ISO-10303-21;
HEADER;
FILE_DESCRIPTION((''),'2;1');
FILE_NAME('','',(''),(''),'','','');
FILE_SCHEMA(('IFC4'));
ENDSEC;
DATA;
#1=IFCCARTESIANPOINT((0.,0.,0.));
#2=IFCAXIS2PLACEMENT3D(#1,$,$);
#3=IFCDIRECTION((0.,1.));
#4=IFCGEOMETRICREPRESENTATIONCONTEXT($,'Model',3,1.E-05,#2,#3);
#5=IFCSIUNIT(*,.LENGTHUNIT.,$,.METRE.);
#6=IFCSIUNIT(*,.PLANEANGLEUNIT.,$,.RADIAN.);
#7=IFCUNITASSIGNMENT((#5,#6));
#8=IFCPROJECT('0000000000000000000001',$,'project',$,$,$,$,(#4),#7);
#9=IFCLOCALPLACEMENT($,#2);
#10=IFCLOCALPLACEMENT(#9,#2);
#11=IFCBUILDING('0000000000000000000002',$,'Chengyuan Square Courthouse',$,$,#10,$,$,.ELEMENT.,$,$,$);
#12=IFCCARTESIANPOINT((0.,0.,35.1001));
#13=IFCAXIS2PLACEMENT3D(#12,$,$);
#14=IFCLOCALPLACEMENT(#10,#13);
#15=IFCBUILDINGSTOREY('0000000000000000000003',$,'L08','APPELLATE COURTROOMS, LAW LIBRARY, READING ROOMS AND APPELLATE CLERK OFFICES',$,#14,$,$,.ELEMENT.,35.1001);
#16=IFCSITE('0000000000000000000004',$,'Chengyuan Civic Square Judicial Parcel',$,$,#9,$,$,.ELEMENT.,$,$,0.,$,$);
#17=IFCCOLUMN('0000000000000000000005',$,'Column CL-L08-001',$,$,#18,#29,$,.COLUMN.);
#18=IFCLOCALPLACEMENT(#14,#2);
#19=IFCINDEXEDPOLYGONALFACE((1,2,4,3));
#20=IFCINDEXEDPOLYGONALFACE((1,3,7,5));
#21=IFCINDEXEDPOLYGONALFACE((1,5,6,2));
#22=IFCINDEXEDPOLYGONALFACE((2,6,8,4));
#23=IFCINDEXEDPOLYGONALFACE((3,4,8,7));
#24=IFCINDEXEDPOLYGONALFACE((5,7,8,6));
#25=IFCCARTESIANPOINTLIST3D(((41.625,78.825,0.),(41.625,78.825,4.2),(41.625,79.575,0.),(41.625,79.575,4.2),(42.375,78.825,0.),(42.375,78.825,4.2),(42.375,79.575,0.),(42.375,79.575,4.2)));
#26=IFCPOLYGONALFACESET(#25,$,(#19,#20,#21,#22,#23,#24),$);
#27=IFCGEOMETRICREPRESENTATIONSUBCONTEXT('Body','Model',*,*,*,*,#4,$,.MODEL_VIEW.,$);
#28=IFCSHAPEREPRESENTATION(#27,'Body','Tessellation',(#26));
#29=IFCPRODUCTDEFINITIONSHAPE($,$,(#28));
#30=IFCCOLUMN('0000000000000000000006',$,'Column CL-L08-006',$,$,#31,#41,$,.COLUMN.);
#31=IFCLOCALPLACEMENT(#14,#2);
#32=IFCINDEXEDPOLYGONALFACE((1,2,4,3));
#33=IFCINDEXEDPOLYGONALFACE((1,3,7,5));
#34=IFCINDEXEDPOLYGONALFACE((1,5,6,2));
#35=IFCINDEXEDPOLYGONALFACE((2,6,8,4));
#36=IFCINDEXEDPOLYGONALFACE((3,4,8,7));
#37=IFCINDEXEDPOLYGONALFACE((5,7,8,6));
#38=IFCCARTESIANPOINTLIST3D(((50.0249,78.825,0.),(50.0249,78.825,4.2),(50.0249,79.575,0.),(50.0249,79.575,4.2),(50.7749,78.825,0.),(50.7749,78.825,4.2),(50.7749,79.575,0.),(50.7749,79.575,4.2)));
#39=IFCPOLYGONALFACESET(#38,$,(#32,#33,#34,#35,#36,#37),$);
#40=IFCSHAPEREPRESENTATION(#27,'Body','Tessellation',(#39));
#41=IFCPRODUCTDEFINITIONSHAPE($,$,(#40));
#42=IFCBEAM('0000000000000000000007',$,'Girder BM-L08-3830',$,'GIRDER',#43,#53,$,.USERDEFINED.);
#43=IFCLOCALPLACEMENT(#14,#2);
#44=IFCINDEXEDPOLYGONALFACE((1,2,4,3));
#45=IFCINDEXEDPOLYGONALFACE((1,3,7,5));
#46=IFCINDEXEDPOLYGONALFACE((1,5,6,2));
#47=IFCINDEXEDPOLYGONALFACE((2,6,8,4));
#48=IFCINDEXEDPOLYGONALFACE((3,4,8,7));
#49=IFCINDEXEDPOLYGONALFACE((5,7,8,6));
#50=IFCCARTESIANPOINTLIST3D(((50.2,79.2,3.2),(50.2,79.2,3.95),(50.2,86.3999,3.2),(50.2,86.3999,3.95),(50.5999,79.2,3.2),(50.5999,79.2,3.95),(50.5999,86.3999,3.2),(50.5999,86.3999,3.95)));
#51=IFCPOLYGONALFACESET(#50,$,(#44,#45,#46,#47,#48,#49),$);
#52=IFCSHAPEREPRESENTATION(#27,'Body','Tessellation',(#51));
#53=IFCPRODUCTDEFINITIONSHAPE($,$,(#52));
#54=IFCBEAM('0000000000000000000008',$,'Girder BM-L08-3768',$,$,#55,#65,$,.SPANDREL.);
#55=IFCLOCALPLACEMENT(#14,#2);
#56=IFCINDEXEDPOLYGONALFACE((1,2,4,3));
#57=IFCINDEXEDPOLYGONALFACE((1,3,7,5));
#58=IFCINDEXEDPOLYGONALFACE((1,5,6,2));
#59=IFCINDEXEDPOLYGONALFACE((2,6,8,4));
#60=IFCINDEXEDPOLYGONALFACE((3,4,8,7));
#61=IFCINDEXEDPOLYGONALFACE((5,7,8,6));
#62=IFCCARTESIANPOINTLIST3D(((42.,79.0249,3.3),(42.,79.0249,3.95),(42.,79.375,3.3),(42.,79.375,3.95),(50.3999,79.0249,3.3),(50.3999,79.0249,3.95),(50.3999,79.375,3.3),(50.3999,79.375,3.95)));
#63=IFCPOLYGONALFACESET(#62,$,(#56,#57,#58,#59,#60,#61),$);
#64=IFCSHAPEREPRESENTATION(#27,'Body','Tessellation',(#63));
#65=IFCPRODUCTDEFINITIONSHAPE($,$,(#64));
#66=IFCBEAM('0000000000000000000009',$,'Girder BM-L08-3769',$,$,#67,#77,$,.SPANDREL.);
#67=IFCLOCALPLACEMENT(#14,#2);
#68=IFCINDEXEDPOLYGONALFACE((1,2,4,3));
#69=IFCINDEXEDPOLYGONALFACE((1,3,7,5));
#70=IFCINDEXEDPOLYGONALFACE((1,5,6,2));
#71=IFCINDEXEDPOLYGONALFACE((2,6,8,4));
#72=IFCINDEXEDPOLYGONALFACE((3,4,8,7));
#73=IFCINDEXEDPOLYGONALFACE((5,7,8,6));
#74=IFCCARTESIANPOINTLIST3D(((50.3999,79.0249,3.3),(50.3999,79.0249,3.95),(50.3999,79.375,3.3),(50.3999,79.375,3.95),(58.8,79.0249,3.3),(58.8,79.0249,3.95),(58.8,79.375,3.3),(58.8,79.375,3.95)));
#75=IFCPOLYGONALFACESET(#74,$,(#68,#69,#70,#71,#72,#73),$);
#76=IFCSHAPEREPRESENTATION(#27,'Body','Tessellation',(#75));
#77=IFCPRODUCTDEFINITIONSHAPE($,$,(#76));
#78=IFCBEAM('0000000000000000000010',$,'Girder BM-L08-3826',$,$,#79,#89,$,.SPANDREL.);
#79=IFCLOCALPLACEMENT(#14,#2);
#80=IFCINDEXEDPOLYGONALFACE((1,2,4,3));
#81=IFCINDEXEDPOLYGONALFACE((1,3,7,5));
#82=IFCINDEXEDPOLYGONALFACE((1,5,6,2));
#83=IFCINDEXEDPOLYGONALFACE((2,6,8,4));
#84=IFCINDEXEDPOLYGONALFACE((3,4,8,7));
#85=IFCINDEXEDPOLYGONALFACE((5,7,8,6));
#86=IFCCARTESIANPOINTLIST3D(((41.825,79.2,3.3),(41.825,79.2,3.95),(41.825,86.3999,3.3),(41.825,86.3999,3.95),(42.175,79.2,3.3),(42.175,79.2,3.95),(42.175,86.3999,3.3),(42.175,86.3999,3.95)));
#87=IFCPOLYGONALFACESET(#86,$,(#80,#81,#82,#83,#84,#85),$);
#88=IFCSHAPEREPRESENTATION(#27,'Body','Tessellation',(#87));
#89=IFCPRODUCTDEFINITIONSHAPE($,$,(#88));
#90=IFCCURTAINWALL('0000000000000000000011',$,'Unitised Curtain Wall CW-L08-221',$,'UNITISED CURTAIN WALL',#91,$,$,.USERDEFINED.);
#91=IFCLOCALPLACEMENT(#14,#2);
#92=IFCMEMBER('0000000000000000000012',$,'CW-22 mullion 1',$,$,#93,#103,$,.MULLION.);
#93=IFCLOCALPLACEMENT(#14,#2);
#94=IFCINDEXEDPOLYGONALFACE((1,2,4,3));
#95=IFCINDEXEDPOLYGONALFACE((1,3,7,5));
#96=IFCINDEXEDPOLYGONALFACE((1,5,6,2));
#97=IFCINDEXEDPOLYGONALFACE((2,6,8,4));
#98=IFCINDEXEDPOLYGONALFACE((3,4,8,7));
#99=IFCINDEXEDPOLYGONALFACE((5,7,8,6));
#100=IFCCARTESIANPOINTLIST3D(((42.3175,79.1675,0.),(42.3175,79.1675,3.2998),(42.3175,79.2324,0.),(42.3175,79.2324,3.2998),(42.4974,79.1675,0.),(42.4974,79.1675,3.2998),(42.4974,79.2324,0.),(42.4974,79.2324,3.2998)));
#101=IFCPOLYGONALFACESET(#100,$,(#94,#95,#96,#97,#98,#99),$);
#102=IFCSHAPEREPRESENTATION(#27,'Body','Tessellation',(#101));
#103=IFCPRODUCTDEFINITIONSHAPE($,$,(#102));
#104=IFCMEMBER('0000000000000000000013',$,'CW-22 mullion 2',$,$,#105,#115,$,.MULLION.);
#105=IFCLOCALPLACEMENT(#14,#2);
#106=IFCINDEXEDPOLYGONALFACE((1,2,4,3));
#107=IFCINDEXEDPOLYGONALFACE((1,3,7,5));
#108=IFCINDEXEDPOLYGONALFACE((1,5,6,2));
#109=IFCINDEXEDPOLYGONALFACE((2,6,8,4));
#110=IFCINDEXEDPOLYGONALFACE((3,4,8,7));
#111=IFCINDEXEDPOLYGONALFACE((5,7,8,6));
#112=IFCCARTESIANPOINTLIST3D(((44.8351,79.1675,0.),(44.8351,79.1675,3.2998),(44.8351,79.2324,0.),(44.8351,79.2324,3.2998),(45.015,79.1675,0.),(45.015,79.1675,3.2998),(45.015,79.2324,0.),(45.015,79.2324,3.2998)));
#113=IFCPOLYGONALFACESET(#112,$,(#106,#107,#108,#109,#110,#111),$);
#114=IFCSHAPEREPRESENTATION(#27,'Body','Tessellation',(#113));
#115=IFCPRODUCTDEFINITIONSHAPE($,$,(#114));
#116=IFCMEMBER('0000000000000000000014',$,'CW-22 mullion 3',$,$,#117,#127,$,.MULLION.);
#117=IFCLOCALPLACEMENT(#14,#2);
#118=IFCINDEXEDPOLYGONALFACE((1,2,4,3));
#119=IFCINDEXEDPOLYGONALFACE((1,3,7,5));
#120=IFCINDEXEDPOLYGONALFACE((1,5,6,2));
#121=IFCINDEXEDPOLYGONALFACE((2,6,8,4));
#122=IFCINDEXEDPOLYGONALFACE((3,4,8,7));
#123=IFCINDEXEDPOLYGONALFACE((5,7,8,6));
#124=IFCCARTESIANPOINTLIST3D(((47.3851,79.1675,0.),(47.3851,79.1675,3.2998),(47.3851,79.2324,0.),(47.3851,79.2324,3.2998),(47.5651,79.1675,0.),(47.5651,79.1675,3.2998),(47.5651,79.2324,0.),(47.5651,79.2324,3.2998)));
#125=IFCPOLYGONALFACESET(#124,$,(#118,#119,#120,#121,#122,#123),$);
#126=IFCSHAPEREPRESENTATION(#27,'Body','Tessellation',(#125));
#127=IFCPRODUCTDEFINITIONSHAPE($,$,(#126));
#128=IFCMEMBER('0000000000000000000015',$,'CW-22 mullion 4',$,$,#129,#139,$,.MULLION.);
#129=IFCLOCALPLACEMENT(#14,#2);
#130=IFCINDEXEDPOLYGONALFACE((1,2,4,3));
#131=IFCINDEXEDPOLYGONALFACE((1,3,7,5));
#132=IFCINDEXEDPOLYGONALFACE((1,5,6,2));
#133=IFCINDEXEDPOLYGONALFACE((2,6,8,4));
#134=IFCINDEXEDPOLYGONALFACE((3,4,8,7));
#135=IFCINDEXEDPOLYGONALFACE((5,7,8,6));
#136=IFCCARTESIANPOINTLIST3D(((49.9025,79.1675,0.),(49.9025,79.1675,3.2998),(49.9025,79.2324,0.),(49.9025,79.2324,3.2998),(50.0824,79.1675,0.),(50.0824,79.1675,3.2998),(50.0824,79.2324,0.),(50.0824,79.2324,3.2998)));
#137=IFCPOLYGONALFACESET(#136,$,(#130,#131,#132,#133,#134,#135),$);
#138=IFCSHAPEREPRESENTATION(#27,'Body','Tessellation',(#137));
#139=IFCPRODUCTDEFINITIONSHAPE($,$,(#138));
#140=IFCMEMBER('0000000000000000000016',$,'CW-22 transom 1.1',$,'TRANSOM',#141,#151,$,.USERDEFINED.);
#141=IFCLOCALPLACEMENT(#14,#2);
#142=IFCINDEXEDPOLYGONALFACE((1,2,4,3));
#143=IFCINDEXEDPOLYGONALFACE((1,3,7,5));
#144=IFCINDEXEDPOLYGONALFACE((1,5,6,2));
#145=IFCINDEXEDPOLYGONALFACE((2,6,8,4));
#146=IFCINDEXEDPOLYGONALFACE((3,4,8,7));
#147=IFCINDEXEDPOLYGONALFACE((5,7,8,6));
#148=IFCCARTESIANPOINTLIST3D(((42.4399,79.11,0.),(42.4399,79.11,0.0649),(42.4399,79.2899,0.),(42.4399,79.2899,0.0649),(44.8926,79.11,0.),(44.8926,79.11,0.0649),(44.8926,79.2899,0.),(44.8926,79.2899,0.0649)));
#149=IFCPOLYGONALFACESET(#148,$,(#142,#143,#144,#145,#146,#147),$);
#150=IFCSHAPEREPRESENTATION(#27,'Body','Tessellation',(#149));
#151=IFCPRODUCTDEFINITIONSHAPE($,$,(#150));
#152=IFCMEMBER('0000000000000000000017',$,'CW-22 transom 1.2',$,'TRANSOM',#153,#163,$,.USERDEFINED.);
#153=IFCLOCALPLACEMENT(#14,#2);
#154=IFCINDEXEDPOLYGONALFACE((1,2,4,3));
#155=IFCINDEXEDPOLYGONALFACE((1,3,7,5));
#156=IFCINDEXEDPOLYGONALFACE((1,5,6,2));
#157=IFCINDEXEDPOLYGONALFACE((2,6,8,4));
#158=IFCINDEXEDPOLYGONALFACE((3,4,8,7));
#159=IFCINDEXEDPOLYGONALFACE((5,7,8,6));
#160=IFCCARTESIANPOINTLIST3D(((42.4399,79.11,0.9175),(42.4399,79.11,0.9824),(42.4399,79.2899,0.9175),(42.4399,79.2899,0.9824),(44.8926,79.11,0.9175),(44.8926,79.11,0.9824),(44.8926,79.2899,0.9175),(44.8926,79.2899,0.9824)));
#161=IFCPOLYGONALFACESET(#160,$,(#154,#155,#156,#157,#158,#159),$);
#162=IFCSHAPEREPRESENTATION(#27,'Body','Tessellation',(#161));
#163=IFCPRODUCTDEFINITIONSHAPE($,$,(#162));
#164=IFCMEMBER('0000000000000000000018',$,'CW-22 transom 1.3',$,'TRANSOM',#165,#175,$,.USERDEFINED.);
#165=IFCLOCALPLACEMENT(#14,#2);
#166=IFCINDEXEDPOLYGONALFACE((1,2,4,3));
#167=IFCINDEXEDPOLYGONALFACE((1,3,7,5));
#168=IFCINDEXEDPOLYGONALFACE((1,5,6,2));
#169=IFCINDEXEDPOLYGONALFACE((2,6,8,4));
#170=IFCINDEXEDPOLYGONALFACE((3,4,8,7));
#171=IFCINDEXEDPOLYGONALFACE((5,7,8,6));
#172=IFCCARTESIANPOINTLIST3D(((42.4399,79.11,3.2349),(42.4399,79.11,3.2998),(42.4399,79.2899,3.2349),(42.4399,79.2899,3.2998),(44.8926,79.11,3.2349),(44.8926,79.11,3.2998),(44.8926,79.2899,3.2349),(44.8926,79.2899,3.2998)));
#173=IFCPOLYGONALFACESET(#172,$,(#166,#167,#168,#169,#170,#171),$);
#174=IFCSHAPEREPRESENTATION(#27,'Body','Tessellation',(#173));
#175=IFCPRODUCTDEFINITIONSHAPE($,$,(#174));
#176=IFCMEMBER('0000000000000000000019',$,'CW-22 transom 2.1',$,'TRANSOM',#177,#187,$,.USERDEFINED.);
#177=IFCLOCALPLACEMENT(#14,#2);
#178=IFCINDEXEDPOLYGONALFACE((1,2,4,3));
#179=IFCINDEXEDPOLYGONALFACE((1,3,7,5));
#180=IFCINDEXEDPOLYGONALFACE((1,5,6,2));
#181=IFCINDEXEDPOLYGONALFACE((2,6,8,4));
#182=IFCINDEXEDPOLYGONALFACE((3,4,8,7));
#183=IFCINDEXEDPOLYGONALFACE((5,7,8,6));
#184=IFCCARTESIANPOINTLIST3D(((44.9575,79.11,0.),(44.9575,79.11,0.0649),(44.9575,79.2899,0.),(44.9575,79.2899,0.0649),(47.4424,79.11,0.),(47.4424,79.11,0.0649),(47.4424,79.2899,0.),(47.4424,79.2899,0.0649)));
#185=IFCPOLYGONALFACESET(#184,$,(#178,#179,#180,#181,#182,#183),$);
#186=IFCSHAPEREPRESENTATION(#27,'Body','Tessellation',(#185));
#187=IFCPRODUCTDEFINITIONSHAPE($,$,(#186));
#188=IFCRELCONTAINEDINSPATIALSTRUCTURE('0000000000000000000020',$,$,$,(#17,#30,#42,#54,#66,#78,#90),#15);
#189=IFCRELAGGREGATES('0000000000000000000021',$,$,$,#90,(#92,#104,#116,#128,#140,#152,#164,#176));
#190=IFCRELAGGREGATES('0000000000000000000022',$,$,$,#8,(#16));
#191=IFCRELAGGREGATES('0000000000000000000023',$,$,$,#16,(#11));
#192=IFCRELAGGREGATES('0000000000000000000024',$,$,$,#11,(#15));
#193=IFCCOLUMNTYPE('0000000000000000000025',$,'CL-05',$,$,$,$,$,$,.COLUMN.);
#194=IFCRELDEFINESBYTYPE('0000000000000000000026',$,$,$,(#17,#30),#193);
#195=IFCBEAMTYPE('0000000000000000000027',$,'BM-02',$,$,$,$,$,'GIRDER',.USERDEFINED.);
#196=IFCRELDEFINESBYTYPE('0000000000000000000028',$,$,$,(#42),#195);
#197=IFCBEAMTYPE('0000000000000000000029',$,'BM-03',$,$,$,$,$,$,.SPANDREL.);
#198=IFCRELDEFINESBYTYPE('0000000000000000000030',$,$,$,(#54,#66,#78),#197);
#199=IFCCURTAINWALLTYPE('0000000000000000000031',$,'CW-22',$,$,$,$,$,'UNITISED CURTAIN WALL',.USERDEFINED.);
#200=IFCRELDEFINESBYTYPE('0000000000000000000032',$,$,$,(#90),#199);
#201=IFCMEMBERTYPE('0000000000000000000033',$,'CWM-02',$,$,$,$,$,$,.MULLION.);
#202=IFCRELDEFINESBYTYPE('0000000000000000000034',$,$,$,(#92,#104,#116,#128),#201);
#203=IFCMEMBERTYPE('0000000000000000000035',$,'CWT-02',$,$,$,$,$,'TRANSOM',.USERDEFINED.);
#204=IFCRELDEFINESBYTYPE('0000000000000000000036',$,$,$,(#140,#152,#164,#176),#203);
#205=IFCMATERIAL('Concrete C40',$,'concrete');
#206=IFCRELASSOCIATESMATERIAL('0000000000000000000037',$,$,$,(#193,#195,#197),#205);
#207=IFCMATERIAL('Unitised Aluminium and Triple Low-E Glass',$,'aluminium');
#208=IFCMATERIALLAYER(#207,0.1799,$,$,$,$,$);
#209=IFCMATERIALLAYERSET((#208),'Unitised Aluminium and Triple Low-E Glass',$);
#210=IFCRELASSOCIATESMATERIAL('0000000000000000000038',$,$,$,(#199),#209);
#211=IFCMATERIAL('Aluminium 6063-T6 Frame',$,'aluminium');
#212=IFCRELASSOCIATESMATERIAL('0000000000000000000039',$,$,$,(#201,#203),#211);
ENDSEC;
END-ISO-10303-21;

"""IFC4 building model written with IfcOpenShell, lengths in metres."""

from ifc_helpers import new_model, si_unit, direction, frame, origin, origin_2d, place, context, subcontext, project, spatial, rectangle, extrude, material, layer, layer_set, material_profile, profile_set, type_object, element, aggregate, save


model = new_model("IFC4")

# Units and contexts
model_context = context("Model", 3, precision=1e-05, world=origin(), true_north=direction((0.0, 1.0)))
body_context = subcontext(model_context, "Body", "Model", "MODEL_VIEW")
ifc_project = project(units=[si_unit("LENGTHUNIT", "METRE"), si_unit("PLANEANGLEUNIT", "RADIAN")], contexts=[model_context])

# Site, building, storey
site_placement = place(None, origin())
site = spatial("IfcSite", under=ifc_project, at=site_placement, Name="Chengyuan Civic Square Judicial Parcel", CompositionType="ELEMENT", RefElevation=0.0)
building_placement = place(site_placement, origin())
building = spatial("IfcBuilding", under=site, at=building_placement, Name="Chengyuan Square Courthouse", CompositionType="ELEMENT")
storey_placement = place(building_placement, frame((0.0, 0.0, 35.1001)))
storey = spatial("IfcBuildingStorey", under=building, at=storey_placement, Name="L08", Description="APPELLATE COURTROOMS, LAW LIBRARY, READING ROOMS AND APPELLATE CLERK OFFICES", CompositionType="ELEMENT", Elevation=35.1001)

# Columns
ifc_material_1 = material(Name="Concrete C40", Category="concrete")
ifc_material_profile_1 = material_profile(ifc_material_1, rectangle(XDim=0.75, YDim=0.75, at=origin_2d()), Name="RC-COL-750x750")
ifc_profile_set_1 = profile_set([ifc_material_profile_1], Name="Concrete C40")
column_type = type_object("IfcColumnType", Name="CL-05", PredefinedType="COLUMN", material=ifc_profile_set_1)
for number, where, z_axis, x_axis, name in (
    (1, (42.0, 79.2, 0.0), (0.0, 0.0, 1.0), (1.0, 0.0, 0.0), "Column CL-L08-001"),
    (2, (50.3999, 79.2, 0.0), (0.0, 0.0, 1.0), (1.0, 0.0, 0.0), "Column CL-L08-006"),
):
    element("IfcColumn", number, at=place(storey_placement, frame(where, z_axis=z_axis, x_axis=x_axis)), inside=storey, type_object=column_type, Name=name, PredefinedType="COLUMN", context=body_context, shape_type="SweptSolid", body=[
        extrude(rectangle(XDim=0.75, YDim=0.75, at=origin_2d()), origin(), (0.0, 0.0, 1.0), 4.2),
    ])

# Beams
ifc_material_profile_2 = material_profile(ifc_material_1, rectangle(XDim=0.3999, YDim=0.75, at=origin_2d()), Name="RC-BM-400x750")
ifc_profile_set_2 = profile_set([ifc_material_profile_2], Name="Concrete C40")
beam_type_1 = type_object("IfcBeamType", Name="BM-02", ElementType="GIRDER", PredefinedType="USERDEFINED", material=ifc_profile_set_2)
beam_1_placement = place(storey_placement, frame((50.3999, 79.2, 3.575), z_axis=(0.0, 1.0, 0.0), x_axis=(-1.0, 0.0, 0.0)))
element("IfcBeam", 3, at=beam_1_placement, inside=storey, type_object=beam_type_1, Name="Girder BM-L08-3830", ObjectType="GIRDER", PredefinedType="USERDEFINED", context=body_context, shape_type="SweptSolid", body=[
    extrude(rectangle(XDim=0.3999, YDim=0.75, at=origin_2d()), origin(), (0.0, 0.0, 1.0), 7.2),
])
ifc_material_profile_3 = material_profile(ifc_material_1, rectangle(XDim=0.3501, YDim=0.6499, at=origin_2d()), Name="RC-BM-350x650")
ifc_profile_set_3 = profile_set([ifc_material_profile_3], Name="Concrete C40")
beam_type_2 = type_object("IfcBeamType", Name="BM-03", PredefinedType="SPANDREL", material=ifc_profile_set_3)
beam_2_placement = place(storey_placement, frame((42.0, 79.2, 3.625), z_axis=(1.0, 0.0, 0.0), x_axis=(0.0, 1.0, 0.0)))
element("IfcBeam", 4, at=beam_2_placement, inside=storey, type_object=beam_type_2, Name="Girder BM-L08-3768", PredefinedType="SPANDREL", context=body_context, shape_type="SweptSolid", body=[
    extrude(rectangle(XDim=0.3501, YDim=0.6499, at=origin_2d()), origin(), (0.0, 0.0, 1.0), 8.3999),
])
beam_3_placement = place(storey_placement, frame((50.3999, 79.2, 3.625), z_axis=(1.0, 0.0, 0.0), x_axis=(0.0, 1.0, 0.0)))
element("IfcBeam", 5, at=beam_3_placement, inside=storey, type_object=beam_type_2, Name="Girder BM-L08-3769", PredefinedType="SPANDREL", context=body_context, shape_type="SweptSolid", body=[
    extrude(rectangle(XDim=0.3501, YDim=0.6499, at=origin_2d()), origin(), (0.0, 0.0, 1.0), 8.4001),
])
beam_4_placement = place(storey_placement, frame((42.0, 79.2, 3.625), z_axis=(0.0, 1.0, 0.0), x_axis=(-1.0, 0.0, 0.0)))
element("IfcBeam", 6, at=beam_4_placement, inside=storey, type_object=beam_type_2, Name="Girder BM-L08-3826", PredefinedType="SPANDREL", context=body_context, shape_type="SweptSolid", body=[
    extrude(rectangle(XDim=0.3501, YDim=0.6499, at=origin_2d()), origin(), (0.0, 0.0, 1.0), 7.2),
])

# Curtain wall, members
ifc_material_2 = material(Name="Unitised Aluminium and Triple Low-E Glass", Category="aluminium")
ifc_layer_1 = layer(ifc_material_2, 0.1799)
ifc_layer_set_1 = layer_set([ifc_layer_1], Name="Unitised Aluminium and Triple Low-E Glass")
curtain_wall_type = type_object("IfcCurtainWallType", Name="CW-22", ElementType="UNITISED CURTAIN WALL", PredefinedType="USERDEFINED", material=ifc_layer_set_1)
curtain_wall_placement = place(storey_placement, origin())
curtain_wall = element("IfcCurtainWall", 7, at=curtain_wall_placement, inside=storey, type_object=curtain_wall_type, Name="Unitised Curtain Wall CW-L08-221", ObjectType="UNITISED CURTAIN WALL", PredefinedType="USERDEFINED")
ifc_material_3 = material(Name="Aluminium 6063-T6 Frame", Category="aluminium")
ifc_material_profile_4 = material_profile(ifc_material_3, rectangle(XDim=0.0649, YDim=0.1799, at=origin_2d()), Name="CW-MUL-65x180")
ifc_profile_set_4 = profile_set([ifc_material_profile_4], Name="Aluminium 6063-T6 Frame")
member_type_1 = type_object("IfcMemberType", Name="CWM-02", PredefinedType="MULLION", material=ifc_profile_set_4)
member_1_placement = place(storey_placement, frame((42.4075, 79.2, 0.0), z_axis=(0.0, 0.0, 1.0), x_axis=(0.0, 1.0, 0.0)))
member_1 = element("IfcMember", 8, at=member_1_placement, type_object=member_type_1, Name="CW-22 mullion 1", PredefinedType="MULLION", context=body_context, shape_type="SweptSolid", body=[
    extrude(rectangle(XDim=0.0649, YDim=0.1799, at=origin_2d()), origin(), (0.0, 0.0, 1.0), 3.2998),
])
member_2_placement = place(storey_placement, frame((44.925, 79.2, 0.0), z_axis=(0.0, 0.0, 1.0), x_axis=(0.0, 1.0, 0.0)))
member_2 = element("IfcMember", 9, at=member_2_placement, type_object=member_type_1, Name="CW-22 mullion 2", PredefinedType="MULLION", context=body_context, shape_type="SweptSolid", body=[
    extrude(rectangle(XDim=0.0649, YDim=0.1799, at=origin_2d()), origin(), (0.0, 0.0, 1.0), 3.2998),
])
member_3_placement = place(storey_placement, frame((47.4751, 79.2, 0.0), z_axis=(0.0, 0.0, 1.0), x_axis=(0.0, 1.0, 0.0)))
member_3 = element("IfcMember", 10, at=member_3_placement, type_object=member_type_1, Name="CW-22 mullion 3", PredefinedType="MULLION", context=body_context, shape_type="SweptSolid", body=[
    extrude(rectangle(XDim=0.0649, YDim=0.1799, at=origin_2d()), origin(), (0.0, 0.0, 1.0), 3.2998),
])
member_4_placement = place(storey_placement, frame((49.9924, 79.2, 0.0), z_axis=(0.0, 0.0, 1.0), x_axis=(0.0, 1.0, 0.0)))
member_4 = element("IfcMember", 11, at=member_4_placement, type_object=member_type_1, Name="CW-22 mullion 4", PredefinedType="MULLION", context=body_context, shape_type="SweptSolid", body=[
    extrude(rectangle(XDim=0.0649, YDim=0.1799, at=origin_2d()), origin(), (0.0, 0.0, 1.0), 3.2998),
])
ifc_material_profile_5 = material_profile(ifc_material_3, rectangle(XDim=0.1799, YDim=0.0649, at=origin_2d()), Name="CW-TRN-65x140")
ifc_profile_set_5 = profile_set([ifc_material_profile_5], Name="Aluminium 6063-T6 Frame")
member_type_2 = type_object("IfcMemberType", Name="CWT-02", ElementType="TRANSOM", PredefinedType="USERDEFINED", material=ifc_profile_set_5)
member_5_placement = place(storey_placement, frame((42.4399, 79.2, 0.0325), z_axis=(1.0, 0.0, 0.0), x_axis=(0.0, 1.0, 0.0)))
member_5 = element("IfcMember", 12, at=member_5_placement, type_object=member_type_2, Name="CW-22 transom 1.1", ObjectType="TRANSOM", PredefinedType="USERDEFINED", context=body_context, shape_type="SweptSolid", body=[
    extrude(rectangle(XDim=0.1799, YDim=0.0649, at=origin_2d()), origin(), (0.0, 0.0, 1.0), 2.4526),
])
member_6_placement = place(storey_placement, frame((42.4399, 79.2, 0.95), z_axis=(1.0, 0.0, 0.0), x_axis=(0.0, 1.0, 0.0)))
member_6 = element("IfcMember", 13, at=member_6_placement, type_object=member_type_2, Name="CW-22 transom 1.2", ObjectType="TRANSOM", PredefinedType="USERDEFINED", context=body_context, shape_type="SweptSolid", body=[
    extrude(rectangle(XDim=0.1799, YDim=0.0649, at=origin_2d()), origin(), (0.0, 0.0, 1.0), 2.4526),
])
member_7_placement = place(storey_placement, frame((42.4399, 79.2, 3.2673), z_axis=(1.0, 0.0, 0.0), x_axis=(0.0, 1.0, 0.0)))
member_7 = element("IfcMember", 14, at=member_7_placement, type_object=member_type_2, Name="CW-22 transom 1.3", ObjectType="TRANSOM", PredefinedType="USERDEFINED", context=body_context, shape_type="SweptSolid", body=[
    extrude(rectangle(XDim=0.1799, YDim=0.0649, at=origin_2d()), origin(), (0.0, 0.0, 1.0), 2.4526),
])
member_8_placement = place(storey_placement, frame((44.9575, 79.2, 0.0325), z_axis=(1.0, 0.0, 0.0), x_axis=(0.0, 1.0, 0.0)))
member_8 = element("IfcMember", 15, at=member_8_placement, type_object=member_type_2, Name="CW-22 transom 2.1", ObjectType="TRANSOM", PredefinedType="USERDEFINED", context=body_context, shape_type="SweptSolid", body=[
    extrude(rectangle(XDim=0.1799, YDim=0.0649, at=origin_2d()), origin(), (0.0, 0.0, 1.0), 2.4849),
])
aggregate(curtain_wall, [member_1, member_2, member_3, member_4, member_5, member_6, member_7, member_8])

save(model, "model.ifc")
